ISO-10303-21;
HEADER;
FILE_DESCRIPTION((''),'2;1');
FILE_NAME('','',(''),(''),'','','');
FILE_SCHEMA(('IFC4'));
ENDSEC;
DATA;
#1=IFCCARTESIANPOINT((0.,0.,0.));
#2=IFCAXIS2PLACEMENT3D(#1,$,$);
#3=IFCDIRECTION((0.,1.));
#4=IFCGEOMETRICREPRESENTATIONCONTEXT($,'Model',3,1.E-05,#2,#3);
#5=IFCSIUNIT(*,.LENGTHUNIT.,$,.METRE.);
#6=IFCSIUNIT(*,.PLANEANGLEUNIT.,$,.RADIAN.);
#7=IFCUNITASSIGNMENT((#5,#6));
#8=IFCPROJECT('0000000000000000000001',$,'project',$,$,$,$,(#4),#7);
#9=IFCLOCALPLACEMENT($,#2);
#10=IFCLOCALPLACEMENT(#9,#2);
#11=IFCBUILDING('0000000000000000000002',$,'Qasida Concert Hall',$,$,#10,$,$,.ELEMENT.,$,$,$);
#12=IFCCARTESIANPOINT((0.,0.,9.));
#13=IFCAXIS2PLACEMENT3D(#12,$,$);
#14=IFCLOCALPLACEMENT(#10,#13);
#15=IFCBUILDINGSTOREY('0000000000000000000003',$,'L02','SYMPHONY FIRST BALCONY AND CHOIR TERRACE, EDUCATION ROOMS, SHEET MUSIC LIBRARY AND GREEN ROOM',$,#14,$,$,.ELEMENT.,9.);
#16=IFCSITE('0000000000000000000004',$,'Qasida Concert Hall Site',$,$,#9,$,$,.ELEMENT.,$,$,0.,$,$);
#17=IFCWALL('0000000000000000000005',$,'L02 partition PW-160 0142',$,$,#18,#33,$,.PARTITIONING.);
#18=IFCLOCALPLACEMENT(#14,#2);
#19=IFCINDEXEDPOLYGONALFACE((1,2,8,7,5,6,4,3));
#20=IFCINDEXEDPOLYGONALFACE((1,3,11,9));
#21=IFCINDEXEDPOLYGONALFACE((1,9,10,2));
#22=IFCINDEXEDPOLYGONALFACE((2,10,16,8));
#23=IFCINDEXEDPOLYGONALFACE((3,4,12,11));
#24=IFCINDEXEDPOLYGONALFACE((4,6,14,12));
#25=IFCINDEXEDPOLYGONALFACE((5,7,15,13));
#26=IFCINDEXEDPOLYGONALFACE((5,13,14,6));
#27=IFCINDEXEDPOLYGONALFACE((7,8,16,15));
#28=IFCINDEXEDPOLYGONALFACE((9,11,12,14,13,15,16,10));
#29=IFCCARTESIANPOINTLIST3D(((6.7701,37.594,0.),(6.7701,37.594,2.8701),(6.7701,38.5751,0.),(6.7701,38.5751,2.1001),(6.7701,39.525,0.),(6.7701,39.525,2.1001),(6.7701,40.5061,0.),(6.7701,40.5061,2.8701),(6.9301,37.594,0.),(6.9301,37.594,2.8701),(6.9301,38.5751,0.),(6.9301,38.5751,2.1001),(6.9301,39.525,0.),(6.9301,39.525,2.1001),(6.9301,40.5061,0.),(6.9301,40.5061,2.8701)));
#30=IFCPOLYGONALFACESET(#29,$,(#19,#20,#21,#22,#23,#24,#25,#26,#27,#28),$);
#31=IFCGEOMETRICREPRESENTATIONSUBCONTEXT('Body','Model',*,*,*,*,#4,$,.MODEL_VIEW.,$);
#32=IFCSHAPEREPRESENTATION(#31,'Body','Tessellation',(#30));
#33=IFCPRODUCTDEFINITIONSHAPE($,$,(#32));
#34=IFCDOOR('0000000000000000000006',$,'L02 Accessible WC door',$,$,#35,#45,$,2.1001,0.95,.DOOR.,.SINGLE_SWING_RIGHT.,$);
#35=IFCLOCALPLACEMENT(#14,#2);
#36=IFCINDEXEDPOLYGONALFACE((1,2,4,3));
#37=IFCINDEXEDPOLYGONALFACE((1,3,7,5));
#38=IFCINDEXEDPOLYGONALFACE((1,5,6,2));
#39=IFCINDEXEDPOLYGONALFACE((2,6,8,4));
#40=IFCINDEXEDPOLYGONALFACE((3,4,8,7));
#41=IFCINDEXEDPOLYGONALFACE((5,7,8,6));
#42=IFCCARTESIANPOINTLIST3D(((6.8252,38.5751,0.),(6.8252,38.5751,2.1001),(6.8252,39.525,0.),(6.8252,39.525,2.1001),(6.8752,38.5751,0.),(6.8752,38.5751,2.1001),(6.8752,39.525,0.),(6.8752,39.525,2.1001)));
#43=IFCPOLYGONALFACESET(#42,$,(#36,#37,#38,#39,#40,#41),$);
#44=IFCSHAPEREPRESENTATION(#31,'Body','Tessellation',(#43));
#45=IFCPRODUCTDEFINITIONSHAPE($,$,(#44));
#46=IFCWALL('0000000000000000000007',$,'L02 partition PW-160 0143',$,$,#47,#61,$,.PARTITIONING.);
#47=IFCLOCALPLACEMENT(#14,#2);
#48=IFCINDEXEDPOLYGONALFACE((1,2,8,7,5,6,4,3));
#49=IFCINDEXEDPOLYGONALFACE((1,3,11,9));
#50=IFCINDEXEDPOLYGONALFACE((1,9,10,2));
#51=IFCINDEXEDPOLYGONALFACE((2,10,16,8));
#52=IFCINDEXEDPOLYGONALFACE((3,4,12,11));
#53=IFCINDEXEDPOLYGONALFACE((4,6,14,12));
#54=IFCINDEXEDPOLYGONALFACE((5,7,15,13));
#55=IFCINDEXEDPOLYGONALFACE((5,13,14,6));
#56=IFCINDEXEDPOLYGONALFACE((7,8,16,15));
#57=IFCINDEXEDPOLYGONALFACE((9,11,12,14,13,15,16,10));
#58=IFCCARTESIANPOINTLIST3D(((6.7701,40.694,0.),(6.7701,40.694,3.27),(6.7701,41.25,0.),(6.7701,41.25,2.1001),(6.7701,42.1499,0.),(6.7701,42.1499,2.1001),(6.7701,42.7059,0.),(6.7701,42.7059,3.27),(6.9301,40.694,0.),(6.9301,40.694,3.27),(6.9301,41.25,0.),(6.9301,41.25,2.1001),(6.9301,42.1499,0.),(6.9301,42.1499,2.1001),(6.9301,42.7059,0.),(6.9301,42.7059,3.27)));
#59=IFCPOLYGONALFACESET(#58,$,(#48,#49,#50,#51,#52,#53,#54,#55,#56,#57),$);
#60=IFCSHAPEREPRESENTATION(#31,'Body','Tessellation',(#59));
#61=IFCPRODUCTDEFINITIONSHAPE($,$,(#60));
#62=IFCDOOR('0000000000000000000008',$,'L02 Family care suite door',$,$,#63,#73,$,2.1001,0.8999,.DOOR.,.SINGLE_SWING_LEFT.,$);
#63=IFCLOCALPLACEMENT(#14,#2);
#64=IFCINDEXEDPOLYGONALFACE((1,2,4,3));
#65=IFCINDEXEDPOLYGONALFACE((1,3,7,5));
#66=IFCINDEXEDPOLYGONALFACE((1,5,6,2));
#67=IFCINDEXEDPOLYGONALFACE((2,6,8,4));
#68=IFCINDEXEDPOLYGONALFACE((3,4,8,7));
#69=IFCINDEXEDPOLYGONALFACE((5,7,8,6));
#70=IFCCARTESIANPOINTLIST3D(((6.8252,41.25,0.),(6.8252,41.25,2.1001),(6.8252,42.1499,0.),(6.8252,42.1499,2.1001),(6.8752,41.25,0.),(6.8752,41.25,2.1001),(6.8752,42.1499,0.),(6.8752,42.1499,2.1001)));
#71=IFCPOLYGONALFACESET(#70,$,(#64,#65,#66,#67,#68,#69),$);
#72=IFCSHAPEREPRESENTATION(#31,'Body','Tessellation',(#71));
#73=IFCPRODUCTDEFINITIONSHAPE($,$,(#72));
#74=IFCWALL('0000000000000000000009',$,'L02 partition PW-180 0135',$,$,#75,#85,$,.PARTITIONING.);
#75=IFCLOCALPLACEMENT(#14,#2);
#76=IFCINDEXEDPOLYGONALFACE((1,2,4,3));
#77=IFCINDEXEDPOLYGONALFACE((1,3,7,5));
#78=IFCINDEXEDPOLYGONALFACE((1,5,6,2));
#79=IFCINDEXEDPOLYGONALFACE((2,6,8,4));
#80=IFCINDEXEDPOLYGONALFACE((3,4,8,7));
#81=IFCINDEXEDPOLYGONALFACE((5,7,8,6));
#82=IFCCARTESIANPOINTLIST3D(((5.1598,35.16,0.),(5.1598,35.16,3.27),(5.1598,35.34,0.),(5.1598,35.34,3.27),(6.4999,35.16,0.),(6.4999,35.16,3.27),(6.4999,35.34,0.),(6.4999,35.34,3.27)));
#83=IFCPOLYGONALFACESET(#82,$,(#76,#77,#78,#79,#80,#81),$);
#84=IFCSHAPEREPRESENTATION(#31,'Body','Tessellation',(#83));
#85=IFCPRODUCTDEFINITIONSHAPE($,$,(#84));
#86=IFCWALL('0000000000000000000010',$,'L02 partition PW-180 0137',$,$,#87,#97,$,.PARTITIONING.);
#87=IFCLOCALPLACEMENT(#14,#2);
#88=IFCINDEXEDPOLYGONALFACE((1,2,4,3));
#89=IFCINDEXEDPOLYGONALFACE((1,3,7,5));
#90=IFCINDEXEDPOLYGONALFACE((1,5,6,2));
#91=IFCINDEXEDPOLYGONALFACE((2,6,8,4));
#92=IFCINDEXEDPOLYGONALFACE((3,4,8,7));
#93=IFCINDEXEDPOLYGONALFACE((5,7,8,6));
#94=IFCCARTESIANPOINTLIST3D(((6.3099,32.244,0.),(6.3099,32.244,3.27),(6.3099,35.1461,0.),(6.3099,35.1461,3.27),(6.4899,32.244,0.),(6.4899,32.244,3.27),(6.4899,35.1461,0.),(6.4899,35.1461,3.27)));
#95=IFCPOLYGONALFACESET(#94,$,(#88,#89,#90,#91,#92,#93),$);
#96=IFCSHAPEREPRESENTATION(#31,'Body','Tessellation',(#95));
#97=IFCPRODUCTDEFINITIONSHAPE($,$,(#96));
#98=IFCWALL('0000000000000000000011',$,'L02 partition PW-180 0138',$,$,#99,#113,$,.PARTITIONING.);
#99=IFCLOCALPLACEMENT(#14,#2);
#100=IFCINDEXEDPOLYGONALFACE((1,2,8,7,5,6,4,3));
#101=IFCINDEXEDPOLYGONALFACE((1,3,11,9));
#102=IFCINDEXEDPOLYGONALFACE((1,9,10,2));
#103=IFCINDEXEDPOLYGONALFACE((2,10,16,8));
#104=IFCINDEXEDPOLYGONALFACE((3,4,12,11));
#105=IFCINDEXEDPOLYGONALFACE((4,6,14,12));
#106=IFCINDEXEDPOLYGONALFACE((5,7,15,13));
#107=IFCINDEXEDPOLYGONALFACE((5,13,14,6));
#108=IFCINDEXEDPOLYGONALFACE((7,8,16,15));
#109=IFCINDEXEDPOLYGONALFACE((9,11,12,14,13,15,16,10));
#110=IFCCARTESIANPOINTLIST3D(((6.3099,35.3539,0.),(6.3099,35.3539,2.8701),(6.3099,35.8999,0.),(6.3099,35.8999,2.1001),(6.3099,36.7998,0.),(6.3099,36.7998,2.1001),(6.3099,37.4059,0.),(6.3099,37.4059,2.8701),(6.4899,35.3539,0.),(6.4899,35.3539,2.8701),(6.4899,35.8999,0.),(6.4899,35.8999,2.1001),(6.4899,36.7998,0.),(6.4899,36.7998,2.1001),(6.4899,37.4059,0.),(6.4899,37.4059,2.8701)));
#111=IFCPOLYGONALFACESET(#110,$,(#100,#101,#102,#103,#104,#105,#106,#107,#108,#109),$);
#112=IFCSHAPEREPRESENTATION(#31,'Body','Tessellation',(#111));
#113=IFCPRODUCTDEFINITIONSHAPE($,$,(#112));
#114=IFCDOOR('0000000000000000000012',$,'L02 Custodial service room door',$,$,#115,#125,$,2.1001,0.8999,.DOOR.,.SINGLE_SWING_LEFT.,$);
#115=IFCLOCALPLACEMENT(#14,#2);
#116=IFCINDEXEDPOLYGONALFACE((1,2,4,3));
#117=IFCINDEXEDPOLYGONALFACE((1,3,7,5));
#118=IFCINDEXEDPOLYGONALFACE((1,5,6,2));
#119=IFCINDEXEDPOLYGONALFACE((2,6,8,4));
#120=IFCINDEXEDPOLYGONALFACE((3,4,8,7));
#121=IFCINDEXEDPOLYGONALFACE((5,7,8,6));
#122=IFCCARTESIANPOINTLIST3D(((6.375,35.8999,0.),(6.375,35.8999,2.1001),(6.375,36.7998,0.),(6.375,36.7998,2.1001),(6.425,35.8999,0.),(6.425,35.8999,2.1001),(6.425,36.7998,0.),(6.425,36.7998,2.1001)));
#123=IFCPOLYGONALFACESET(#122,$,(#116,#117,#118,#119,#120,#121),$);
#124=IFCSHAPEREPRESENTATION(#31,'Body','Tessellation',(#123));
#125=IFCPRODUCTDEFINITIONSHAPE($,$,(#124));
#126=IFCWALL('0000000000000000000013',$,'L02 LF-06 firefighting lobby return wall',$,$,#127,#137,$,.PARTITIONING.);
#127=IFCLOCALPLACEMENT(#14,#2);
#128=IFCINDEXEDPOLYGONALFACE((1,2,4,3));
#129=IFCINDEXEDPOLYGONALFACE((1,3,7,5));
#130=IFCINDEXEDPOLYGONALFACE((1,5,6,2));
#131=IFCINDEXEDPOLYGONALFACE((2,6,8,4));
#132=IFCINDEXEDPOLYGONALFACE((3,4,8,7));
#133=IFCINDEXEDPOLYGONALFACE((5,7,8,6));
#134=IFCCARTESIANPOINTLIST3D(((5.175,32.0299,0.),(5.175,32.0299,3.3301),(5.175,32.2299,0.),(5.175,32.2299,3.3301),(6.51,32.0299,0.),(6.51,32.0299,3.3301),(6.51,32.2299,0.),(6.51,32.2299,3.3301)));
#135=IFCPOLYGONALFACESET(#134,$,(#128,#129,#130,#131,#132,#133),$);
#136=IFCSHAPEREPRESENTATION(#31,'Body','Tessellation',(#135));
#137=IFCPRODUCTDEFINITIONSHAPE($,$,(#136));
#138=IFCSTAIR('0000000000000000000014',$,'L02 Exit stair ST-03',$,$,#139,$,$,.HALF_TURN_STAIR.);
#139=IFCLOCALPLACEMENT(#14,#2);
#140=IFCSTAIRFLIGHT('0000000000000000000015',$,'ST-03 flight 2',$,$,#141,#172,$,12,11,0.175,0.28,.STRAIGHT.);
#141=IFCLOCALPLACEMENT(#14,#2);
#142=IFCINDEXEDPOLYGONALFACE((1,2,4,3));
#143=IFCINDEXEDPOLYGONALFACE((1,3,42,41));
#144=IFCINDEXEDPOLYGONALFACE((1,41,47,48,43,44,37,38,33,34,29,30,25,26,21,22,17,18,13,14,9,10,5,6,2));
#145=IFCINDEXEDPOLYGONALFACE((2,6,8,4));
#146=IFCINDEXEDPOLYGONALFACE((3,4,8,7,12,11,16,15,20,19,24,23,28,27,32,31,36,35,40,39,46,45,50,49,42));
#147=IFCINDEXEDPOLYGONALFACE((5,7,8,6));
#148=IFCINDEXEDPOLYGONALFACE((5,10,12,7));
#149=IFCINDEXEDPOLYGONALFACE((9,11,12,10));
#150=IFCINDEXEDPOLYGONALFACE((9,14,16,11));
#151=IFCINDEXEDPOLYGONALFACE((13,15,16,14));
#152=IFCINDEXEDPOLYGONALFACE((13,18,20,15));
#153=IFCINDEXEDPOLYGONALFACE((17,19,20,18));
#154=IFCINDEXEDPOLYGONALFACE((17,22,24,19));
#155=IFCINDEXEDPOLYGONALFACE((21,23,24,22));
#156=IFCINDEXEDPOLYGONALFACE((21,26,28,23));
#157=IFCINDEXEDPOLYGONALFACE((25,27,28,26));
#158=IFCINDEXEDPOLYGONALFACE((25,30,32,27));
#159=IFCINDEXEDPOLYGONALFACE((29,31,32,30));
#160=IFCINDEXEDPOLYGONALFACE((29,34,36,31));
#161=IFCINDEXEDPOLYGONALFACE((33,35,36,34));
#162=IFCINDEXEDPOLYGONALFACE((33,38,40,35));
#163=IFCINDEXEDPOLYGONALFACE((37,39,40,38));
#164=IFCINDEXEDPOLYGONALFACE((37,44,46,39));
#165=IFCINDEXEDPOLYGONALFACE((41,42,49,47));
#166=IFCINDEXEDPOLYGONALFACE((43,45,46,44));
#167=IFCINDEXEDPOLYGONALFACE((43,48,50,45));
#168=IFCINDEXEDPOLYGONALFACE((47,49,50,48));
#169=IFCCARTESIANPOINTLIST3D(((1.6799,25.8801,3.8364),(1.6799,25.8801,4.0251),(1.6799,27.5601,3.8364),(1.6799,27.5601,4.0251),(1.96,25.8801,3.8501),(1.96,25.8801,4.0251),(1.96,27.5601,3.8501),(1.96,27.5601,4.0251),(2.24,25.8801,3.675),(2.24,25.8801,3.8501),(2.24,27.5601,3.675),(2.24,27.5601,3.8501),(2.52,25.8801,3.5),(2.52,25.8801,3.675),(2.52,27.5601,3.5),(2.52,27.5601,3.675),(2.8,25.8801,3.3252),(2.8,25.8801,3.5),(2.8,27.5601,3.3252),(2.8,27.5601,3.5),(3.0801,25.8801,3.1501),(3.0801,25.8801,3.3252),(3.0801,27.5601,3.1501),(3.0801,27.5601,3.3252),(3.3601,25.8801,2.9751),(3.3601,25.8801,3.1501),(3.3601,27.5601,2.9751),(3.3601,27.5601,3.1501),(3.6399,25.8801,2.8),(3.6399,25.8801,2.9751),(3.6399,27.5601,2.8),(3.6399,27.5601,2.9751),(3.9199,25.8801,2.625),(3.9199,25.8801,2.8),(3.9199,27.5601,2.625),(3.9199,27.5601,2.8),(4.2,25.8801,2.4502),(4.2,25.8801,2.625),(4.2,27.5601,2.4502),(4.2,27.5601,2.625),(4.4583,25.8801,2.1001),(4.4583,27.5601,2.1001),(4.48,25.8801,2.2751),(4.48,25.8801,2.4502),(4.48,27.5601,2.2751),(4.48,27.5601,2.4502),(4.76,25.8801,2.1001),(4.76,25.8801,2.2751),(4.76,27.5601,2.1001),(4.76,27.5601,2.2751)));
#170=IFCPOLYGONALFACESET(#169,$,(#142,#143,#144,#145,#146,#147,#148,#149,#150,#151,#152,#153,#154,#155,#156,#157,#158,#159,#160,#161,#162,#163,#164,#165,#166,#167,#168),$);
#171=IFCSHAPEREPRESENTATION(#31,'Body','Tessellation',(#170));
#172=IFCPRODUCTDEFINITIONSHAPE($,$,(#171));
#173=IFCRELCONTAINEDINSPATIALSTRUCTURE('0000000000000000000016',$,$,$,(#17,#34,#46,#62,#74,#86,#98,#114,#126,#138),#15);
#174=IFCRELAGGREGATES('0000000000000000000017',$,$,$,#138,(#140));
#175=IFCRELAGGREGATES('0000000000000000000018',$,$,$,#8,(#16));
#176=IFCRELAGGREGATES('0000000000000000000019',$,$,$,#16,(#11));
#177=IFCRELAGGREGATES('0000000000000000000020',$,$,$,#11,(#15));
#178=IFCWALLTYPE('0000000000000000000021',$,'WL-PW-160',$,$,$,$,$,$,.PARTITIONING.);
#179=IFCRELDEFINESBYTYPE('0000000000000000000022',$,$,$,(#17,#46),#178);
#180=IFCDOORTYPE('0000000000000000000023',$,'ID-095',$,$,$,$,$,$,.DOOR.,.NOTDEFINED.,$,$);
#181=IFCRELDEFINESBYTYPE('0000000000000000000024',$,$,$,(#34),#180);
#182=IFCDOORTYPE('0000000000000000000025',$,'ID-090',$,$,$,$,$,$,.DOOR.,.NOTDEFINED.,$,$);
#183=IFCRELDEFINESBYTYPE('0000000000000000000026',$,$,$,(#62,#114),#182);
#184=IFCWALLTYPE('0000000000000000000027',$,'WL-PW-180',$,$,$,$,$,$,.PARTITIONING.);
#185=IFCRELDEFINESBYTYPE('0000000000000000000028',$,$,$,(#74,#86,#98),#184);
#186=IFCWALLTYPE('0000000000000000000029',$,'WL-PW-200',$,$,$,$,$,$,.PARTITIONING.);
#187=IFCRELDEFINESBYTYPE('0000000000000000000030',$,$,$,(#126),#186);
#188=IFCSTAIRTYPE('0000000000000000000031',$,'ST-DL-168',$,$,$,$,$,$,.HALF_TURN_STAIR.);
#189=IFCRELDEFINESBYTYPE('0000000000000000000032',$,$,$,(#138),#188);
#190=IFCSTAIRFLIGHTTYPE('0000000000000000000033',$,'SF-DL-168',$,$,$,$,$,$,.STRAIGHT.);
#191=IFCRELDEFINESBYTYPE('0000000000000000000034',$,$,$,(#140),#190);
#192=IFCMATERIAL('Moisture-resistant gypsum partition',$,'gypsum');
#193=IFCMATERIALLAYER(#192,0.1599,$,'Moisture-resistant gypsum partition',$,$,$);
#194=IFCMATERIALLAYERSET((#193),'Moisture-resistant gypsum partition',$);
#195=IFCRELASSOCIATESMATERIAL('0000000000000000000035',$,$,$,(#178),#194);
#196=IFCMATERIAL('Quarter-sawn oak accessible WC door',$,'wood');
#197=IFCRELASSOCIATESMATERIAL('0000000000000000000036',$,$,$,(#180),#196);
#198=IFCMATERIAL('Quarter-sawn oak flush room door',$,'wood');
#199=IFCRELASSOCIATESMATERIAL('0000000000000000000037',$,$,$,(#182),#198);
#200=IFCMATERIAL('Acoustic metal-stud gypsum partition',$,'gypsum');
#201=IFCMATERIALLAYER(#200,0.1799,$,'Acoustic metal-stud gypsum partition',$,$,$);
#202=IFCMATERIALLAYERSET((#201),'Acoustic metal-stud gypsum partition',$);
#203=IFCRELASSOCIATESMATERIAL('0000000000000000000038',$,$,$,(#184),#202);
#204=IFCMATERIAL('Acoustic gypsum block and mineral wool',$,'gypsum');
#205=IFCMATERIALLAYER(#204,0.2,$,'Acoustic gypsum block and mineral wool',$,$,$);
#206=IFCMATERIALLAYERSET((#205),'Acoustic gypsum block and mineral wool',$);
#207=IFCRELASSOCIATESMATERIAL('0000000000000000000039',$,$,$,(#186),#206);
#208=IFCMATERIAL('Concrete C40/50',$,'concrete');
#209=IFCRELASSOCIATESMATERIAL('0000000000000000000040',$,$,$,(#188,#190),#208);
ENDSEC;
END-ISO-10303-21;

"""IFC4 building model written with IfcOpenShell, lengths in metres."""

from ifc_helpers import new_model, si_unit, direction, frame, frame_2d, origin, place, context, subcontext, project, spatial, polyline, rectangle, outline, extrude, material, layer, layer_set, type_object, element, fill, aggregate, save


model = new_model("IFC4")

# Units and contexts
model_context = context("Model", 3, precision=1e-05, world=origin(), true_north=direction((0.0, 1.0)))
body_context = subcontext(model_context, "Body", "Model", "MODEL_VIEW")
ifc_project = project(units=[si_unit("LENGTHUNIT", "METRE"), si_unit("PLANEANGLEUNIT", "RADIAN")], contexts=[model_context])

# Site, building, storey
site_placement = place(None, origin())
site = spatial("IfcSite", under=ifc_project, at=site_placement, Name="Qasida Concert Hall Site", CompositionType="ELEMENT", RefElevation=0.0)
building_placement = place(site_placement, origin())
building = spatial("IfcBuilding", under=site, at=building_placement, Name="Qasida Concert Hall", CompositionType="ELEMENT")
storey_placement = place(building_placement, frame((0.0, 0.0, 9.0)))
storey = spatial("IfcBuildingStorey", under=building, at=storey_placement, Name="L02", Description="SYMPHONY FIRST BALCONY AND CHOIR TERRACE, EDUCATION ROOMS, SHEET MUSIC LIBRARY AND GREEN ROOM", CompositionType="ELEMENT", Elevation=9.0)

# Shared definitions
ifc_material_1 = material(Name="Concrete C40/50", Category="concrete")

# Walls, openings, doors
ifc_material_2 = material(Name="Moisture-resistant gypsum partition", Category="gypsum")
ifc_layer_1 = layer(ifc_material_2, 0.1599, Name="Moisture-resistant gypsum partition")
ifc_layer_set_1 = layer_set([ifc_layer_1], Name="Moisture-resistant gypsum partition")
wall_type_1 = type_object("IfcWallType", Name="WL-PW-160", PredefinedType="PARTITIONING", material=ifc_layer_set_1)
wall_1_placement = place(storey_placement, frame((6.8501, 37.594, 0.0), z_axis=(0.0, 0.0, 1.0), x_axis=(0.0, 1.0, 0.0)))
wall_1 = element("IfcWall", 1, at=wall_1_placement, inside=storey, type_object=wall_type_1, Name="L02 partition PW-160 0142", PredefinedType="PARTITIONING", context=body_context, shape_type="SweptSolid", body=[
    extrude(rectangle(XDim=2.9121, YDim=0.1599, at=frame_2d((1.4561, 0.0))), origin(), (0.0, 0.0, 1.0), 2.8701),
])
opening_1_placement = place(wall_1_placement, frame((0.981, 0.0, 0.0)))
opening_1 = element("IfcOpeningElement", 2, at=opening_1_placement, cuts=wall_1, PredefinedType="OPENING", context=body_context, shape_type="SweptSolid", body=[
    extrude(rectangle(XDim=0.95, YDim=2.1001, at=frame_2d((0.4751, 1.05))), frame((0.0, 0.0898, 0.0), z_axis=(0.0, -1.0, 0.0), x_axis=(1.0, 0.0, 0.0)), (0.0, 0.0, 1.0), 0.1799),
])
ifc_material_3 = material(Name="Quarter-sawn oak accessible WC door", Category="wood")
door_type_1 = type_object("IfcDoorType", Name="ID-095", OperationType="NOTDEFINED", PredefinedType="DOOR", material=ifc_material_3)
door_1_placement = place(opening_1_placement, origin())
door_1 = element("IfcDoor", 3, at=door_1_placement, inside=storey, type_object=door_type_1, Name="L02 Accessible WC door", OperationType="SINGLE_SWING_RIGHT", OverallHeight=2.1001, OverallWidth=0.95, PredefinedType="DOOR", context=body_context, shape_type="SweptSolid", body=[
    extrude(rectangle(XDim=0.95, YDim=2.1001, at=frame_2d((0.4751, 1.05))), frame((0.0, 0.0249, 0.0), z_axis=(0.0, -1.0, 0.0), x_axis=(1.0, 0.0, 0.0)), (0.0, 0.0, 1.0), 0.05),
])
fill(opening_1, door_1)
wall_2_placement = place(storey_placement, frame((6.8501, 40.6941, 0.0), z_axis=(0.0, 0.0, 1.0), x_axis=(0.0, 1.0, 0.0)))
wall_2 = element("IfcWall", 4, at=wall_2_placement, inside=storey, type_object=wall_type_1, Name="L02 partition PW-160 0143", PredefinedType="PARTITIONING", context=body_context, shape_type="SweptSolid", body=[
    extrude(rectangle(XDim=2.012, YDim=0.1599, at=frame_2d((1.0059, 0.0))), origin(), (0.0, 0.0, 1.0), 3.27),
])
opening_2_placement = place(wall_2_placement, frame((0.5559, 0.0, 0.0)))
opening_2 = element("IfcOpeningElement", 5, at=opening_2_placement, cuts=wall_2, PredefinedType="OPENING", context=body_context, shape_type="SweptSolid", body=[
    extrude(rectangle(XDim=0.8999, YDim=2.1001, at=frame_2d((0.45, 1.05))), frame((0.0, 0.0898, 0.0), z_axis=(0.0, -1.0, 0.0), x_axis=(1.0, 0.0, 0.0)), (0.0, 0.0, 1.0), 0.1799),
])
ifc_material_4 = material(Name="Quarter-sawn oak flush room door", Category="wood")
door_type_2 = type_object("IfcDoorType", Name="ID-090", OperationType="NOTDEFINED", PredefinedType="DOOR", material=ifc_material_4)
door_2_placement = place(opening_2_placement, origin())
door_2 = element("IfcDoor", 6, at=door_2_placement, inside=storey, type_object=door_type_2, Name="L02 Family care suite door", OperationType="SINGLE_SWING_LEFT", OverallHeight=2.1001, OverallWidth=0.8999, PredefinedType="DOOR", context=body_context, shape_type="SweptSolid", body=[
    extrude(rectangle(XDim=0.8999, YDim=2.1001, at=frame_2d((0.45, 1.05))), frame((0.0, 0.0249, 0.0), z_axis=(0.0, -1.0, 0.0), x_axis=(1.0, 0.0, 0.0)), (0.0, 0.0, 1.0), 0.05),
])
fill(opening_2, door_2)

# Walls
ifc_material_5 = material(Name="Acoustic metal-stud gypsum partition", Category="gypsum")
ifc_layer_2 = layer(ifc_material_5, 0.1799, Name="Acoustic metal-stud gypsum partition")
ifc_layer_set_2 = layer_set([ifc_layer_2], Name="Acoustic metal-stud gypsum partition")
wall_type_2 = type_object("IfcWallType", Name="WL-PW-180", PredefinedType="PARTITIONING", material=ifc_layer_set_2)
wall_3_placement = place(storey_placement, frame((5.1599, 35.25, 0.0), z_axis=(0.0, 0.0, 1.0), x_axis=(1.0, 0.0, 0.0)))
element("IfcWall", 7, at=wall_3_placement, inside=storey, type_object=wall_type_2, Name="L02 partition PW-180 0135", PredefinedType="PARTITIONING", context=body_context, shape_type="SweptSolid", body=[
    extrude(rectangle(XDim=1.3401, YDim=0.1799, at=frame_2d((0.6699, 0.0))), origin(), (0.0, 0.0, 1.0), 3.27),
])
wall_4_placement = place(storey_placement, frame((6.3999, 32.2439, 0.0), z_axis=(0.0, 0.0, 1.0), x_axis=(0.0, 1.0, 0.0)))
element("IfcWall", 8, at=wall_4_placement, inside=storey, type_object=wall_type_2, Name="L02 partition PW-180 0137", PredefinedType="PARTITIONING", context=body_context, shape_type="SweptSolid", body=[
    extrude(rectangle(XDim=2.9021, YDim=0.1799, at=frame_2d((1.4512, 0.0))), origin(), (0.0, 0.0, 1.0), 3.27),
])

# Wall, opening, door
wall_5_placement = place(storey_placement, frame((6.3999, 35.354, 0.0), z_axis=(0.0, 0.0, 1.0), x_axis=(0.0, 1.0, 0.0)))
wall_5 = element("IfcWall", 9, at=wall_5_placement, inside=storey, type_object=wall_type_2, Name="L02 partition PW-180 0138", PredefinedType="PARTITIONING", context=body_context, shape_type="SweptSolid", body=[
    extrude(rectangle(XDim=2.052, YDim=0.1799, at=frame_2d((1.0259, 0.0))), origin(), (0.0, 0.0, 1.0), 2.8701),
])
opening_3_placement = place(wall_5_placement, frame((0.5459, 0.0, 0.0)))
opening_3 = element("IfcOpeningElement", 10, at=opening_3_placement, cuts=wall_5, PredefinedType="OPENING", context=body_context, shape_type="SweptSolid", body=[
    extrude(rectangle(XDim=0.8999, YDim=2.1001, at=frame_2d((0.45, 1.05))), frame((0.0, 0.0999, 0.0), z_axis=(0.0, -1.0, 0.0), x_axis=(1.0, 0.0, 0.0)), (0.0, 0.0, 1.0), 0.2),
])
door_3_placement = place(opening_3_placement, origin())
door_3 = element("IfcDoor", 11, at=door_3_placement, inside=storey, type_object=door_type_2, Name="L02 Custodial service room door", OperationType="SINGLE_SWING_LEFT", OverallHeight=2.1001, OverallWidth=0.8999, PredefinedType="DOOR", context=body_context, shape_type="SweptSolid", body=[
    extrude(rectangle(XDim=0.8999, YDim=2.1001, at=frame_2d((0.45, 1.05))), frame((0.0, 0.0249, 0.0), z_axis=(0.0, -1.0, 0.0), x_axis=(1.0, 0.0, 0.0)), (0.0, 0.0, 1.0), 0.05),
])
fill(opening_3, door_3)

# Wall
ifc_material_6 = material(Name="Acoustic gypsum block and mineral wool", Category="gypsum")
ifc_layer_3 = layer(ifc_material_6, 0.2, Name="Acoustic gypsum block and mineral wool")
ifc_layer_set_3 = layer_set([ifc_layer_3], Name="Acoustic gypsum block and mineral wool")
wall_type_3 = type_object("IfcWallType", Name="WL-PW-200", PredefinedType="PARTITIONING", material=ifc_layer_set_3)
wall_6_placement = place(storey_placement, frame((5.175, 32.1299, 0.0), z_axis=(0.0, 0.0, 1.0), x_axis=(1.0, 0.0, 0.0)))
element("IfcWall", 12, at=wall_6_placement, inside=storey, type_object=wall_type_3, Name="L02 LF-06 firefighting lobby return wall", PredefinedType="PARTITIONING", context=body_context, shape_type="SweptSolid", body=[
    extrude(rectangle(XDim=1.335, YDim=0.2, at=frame_2d((0.6675, 0.0))), origin(), (0.0, 0.0, 1.0), 3.3301),
])

# Stair, stair flight
stair_type = type_object("IfcStairType", Name="ST-DL-168", PredefinedType="HALF_TURN_STAIR", material=ifc_material_1)
stair_placement = place(storey_placement, origin())
stair = element("IfcStair", 13, at=stair_placement, inside=storey, type_object=stair_type, Name="L02 Exit stair ST-03", PredefinedType="HALF_TURN_STAIR")
stair_flight_type = type_object("IfcStairFlightType", Name="SF-DL-168", PredefinedType="STRAIGHT", material=ifc_material_1)
stair_flight_placement = place(storey_placement, frame((4.76, 26.72, 2.1001), z_axis=(0.0, 0.0, 1.0), x_axis=(-1.0, 0.0, 0.0)))
stair_flight = element("IfcStairFlight", 14, at=stair_flight_placement, type_object=stair_flight_type, Name="ST-03 flight 2", NumberOfRisers=12, NumberOfTreads=11, PredefinedType="STRAIGHT", RiserHeight=0.175, TreadLength=0.28, context=body_context, shape_type="SweptSolid", body=[
    extrude(outline(polyline([(0.0, 0.0), (0.0, 0.175), (0.28, 0.175), (0.28, 0.3501), (0.5601, 0.3501), (0.5601, 0.5249), (0.8401, 0.5249), (0.8401, 0.7), (1.1201, 0.7), (1.1201, 0.875), (1.3999, 0.875), (1.3999, 1.05), (1.6799, 1.05), (1.6799, 1.2251), (1.96, 1.2251), (1.96, 1.3999), (2.24, 1.3999), (2.24, 1.575), (2.52, 1.575), (2.52, 1.75), (2.8, 1.75), (2.8, 1.925), (3.0801, 1.925), (3.0801, 2.1001), (3.0801, 1.7363), (0.3018, 0.0), (0.0, 0.0)])), frame((0.0, 0.8398, 0.0), z_axis=(0.0, -1.0, 0.0), x_axis=(1.0, 0.0, 0.0)), (0.0, 0.0, 1.0), 1.6799),
])
aggregate(stair, [stair_flight])

save(model, "model.ifc")
